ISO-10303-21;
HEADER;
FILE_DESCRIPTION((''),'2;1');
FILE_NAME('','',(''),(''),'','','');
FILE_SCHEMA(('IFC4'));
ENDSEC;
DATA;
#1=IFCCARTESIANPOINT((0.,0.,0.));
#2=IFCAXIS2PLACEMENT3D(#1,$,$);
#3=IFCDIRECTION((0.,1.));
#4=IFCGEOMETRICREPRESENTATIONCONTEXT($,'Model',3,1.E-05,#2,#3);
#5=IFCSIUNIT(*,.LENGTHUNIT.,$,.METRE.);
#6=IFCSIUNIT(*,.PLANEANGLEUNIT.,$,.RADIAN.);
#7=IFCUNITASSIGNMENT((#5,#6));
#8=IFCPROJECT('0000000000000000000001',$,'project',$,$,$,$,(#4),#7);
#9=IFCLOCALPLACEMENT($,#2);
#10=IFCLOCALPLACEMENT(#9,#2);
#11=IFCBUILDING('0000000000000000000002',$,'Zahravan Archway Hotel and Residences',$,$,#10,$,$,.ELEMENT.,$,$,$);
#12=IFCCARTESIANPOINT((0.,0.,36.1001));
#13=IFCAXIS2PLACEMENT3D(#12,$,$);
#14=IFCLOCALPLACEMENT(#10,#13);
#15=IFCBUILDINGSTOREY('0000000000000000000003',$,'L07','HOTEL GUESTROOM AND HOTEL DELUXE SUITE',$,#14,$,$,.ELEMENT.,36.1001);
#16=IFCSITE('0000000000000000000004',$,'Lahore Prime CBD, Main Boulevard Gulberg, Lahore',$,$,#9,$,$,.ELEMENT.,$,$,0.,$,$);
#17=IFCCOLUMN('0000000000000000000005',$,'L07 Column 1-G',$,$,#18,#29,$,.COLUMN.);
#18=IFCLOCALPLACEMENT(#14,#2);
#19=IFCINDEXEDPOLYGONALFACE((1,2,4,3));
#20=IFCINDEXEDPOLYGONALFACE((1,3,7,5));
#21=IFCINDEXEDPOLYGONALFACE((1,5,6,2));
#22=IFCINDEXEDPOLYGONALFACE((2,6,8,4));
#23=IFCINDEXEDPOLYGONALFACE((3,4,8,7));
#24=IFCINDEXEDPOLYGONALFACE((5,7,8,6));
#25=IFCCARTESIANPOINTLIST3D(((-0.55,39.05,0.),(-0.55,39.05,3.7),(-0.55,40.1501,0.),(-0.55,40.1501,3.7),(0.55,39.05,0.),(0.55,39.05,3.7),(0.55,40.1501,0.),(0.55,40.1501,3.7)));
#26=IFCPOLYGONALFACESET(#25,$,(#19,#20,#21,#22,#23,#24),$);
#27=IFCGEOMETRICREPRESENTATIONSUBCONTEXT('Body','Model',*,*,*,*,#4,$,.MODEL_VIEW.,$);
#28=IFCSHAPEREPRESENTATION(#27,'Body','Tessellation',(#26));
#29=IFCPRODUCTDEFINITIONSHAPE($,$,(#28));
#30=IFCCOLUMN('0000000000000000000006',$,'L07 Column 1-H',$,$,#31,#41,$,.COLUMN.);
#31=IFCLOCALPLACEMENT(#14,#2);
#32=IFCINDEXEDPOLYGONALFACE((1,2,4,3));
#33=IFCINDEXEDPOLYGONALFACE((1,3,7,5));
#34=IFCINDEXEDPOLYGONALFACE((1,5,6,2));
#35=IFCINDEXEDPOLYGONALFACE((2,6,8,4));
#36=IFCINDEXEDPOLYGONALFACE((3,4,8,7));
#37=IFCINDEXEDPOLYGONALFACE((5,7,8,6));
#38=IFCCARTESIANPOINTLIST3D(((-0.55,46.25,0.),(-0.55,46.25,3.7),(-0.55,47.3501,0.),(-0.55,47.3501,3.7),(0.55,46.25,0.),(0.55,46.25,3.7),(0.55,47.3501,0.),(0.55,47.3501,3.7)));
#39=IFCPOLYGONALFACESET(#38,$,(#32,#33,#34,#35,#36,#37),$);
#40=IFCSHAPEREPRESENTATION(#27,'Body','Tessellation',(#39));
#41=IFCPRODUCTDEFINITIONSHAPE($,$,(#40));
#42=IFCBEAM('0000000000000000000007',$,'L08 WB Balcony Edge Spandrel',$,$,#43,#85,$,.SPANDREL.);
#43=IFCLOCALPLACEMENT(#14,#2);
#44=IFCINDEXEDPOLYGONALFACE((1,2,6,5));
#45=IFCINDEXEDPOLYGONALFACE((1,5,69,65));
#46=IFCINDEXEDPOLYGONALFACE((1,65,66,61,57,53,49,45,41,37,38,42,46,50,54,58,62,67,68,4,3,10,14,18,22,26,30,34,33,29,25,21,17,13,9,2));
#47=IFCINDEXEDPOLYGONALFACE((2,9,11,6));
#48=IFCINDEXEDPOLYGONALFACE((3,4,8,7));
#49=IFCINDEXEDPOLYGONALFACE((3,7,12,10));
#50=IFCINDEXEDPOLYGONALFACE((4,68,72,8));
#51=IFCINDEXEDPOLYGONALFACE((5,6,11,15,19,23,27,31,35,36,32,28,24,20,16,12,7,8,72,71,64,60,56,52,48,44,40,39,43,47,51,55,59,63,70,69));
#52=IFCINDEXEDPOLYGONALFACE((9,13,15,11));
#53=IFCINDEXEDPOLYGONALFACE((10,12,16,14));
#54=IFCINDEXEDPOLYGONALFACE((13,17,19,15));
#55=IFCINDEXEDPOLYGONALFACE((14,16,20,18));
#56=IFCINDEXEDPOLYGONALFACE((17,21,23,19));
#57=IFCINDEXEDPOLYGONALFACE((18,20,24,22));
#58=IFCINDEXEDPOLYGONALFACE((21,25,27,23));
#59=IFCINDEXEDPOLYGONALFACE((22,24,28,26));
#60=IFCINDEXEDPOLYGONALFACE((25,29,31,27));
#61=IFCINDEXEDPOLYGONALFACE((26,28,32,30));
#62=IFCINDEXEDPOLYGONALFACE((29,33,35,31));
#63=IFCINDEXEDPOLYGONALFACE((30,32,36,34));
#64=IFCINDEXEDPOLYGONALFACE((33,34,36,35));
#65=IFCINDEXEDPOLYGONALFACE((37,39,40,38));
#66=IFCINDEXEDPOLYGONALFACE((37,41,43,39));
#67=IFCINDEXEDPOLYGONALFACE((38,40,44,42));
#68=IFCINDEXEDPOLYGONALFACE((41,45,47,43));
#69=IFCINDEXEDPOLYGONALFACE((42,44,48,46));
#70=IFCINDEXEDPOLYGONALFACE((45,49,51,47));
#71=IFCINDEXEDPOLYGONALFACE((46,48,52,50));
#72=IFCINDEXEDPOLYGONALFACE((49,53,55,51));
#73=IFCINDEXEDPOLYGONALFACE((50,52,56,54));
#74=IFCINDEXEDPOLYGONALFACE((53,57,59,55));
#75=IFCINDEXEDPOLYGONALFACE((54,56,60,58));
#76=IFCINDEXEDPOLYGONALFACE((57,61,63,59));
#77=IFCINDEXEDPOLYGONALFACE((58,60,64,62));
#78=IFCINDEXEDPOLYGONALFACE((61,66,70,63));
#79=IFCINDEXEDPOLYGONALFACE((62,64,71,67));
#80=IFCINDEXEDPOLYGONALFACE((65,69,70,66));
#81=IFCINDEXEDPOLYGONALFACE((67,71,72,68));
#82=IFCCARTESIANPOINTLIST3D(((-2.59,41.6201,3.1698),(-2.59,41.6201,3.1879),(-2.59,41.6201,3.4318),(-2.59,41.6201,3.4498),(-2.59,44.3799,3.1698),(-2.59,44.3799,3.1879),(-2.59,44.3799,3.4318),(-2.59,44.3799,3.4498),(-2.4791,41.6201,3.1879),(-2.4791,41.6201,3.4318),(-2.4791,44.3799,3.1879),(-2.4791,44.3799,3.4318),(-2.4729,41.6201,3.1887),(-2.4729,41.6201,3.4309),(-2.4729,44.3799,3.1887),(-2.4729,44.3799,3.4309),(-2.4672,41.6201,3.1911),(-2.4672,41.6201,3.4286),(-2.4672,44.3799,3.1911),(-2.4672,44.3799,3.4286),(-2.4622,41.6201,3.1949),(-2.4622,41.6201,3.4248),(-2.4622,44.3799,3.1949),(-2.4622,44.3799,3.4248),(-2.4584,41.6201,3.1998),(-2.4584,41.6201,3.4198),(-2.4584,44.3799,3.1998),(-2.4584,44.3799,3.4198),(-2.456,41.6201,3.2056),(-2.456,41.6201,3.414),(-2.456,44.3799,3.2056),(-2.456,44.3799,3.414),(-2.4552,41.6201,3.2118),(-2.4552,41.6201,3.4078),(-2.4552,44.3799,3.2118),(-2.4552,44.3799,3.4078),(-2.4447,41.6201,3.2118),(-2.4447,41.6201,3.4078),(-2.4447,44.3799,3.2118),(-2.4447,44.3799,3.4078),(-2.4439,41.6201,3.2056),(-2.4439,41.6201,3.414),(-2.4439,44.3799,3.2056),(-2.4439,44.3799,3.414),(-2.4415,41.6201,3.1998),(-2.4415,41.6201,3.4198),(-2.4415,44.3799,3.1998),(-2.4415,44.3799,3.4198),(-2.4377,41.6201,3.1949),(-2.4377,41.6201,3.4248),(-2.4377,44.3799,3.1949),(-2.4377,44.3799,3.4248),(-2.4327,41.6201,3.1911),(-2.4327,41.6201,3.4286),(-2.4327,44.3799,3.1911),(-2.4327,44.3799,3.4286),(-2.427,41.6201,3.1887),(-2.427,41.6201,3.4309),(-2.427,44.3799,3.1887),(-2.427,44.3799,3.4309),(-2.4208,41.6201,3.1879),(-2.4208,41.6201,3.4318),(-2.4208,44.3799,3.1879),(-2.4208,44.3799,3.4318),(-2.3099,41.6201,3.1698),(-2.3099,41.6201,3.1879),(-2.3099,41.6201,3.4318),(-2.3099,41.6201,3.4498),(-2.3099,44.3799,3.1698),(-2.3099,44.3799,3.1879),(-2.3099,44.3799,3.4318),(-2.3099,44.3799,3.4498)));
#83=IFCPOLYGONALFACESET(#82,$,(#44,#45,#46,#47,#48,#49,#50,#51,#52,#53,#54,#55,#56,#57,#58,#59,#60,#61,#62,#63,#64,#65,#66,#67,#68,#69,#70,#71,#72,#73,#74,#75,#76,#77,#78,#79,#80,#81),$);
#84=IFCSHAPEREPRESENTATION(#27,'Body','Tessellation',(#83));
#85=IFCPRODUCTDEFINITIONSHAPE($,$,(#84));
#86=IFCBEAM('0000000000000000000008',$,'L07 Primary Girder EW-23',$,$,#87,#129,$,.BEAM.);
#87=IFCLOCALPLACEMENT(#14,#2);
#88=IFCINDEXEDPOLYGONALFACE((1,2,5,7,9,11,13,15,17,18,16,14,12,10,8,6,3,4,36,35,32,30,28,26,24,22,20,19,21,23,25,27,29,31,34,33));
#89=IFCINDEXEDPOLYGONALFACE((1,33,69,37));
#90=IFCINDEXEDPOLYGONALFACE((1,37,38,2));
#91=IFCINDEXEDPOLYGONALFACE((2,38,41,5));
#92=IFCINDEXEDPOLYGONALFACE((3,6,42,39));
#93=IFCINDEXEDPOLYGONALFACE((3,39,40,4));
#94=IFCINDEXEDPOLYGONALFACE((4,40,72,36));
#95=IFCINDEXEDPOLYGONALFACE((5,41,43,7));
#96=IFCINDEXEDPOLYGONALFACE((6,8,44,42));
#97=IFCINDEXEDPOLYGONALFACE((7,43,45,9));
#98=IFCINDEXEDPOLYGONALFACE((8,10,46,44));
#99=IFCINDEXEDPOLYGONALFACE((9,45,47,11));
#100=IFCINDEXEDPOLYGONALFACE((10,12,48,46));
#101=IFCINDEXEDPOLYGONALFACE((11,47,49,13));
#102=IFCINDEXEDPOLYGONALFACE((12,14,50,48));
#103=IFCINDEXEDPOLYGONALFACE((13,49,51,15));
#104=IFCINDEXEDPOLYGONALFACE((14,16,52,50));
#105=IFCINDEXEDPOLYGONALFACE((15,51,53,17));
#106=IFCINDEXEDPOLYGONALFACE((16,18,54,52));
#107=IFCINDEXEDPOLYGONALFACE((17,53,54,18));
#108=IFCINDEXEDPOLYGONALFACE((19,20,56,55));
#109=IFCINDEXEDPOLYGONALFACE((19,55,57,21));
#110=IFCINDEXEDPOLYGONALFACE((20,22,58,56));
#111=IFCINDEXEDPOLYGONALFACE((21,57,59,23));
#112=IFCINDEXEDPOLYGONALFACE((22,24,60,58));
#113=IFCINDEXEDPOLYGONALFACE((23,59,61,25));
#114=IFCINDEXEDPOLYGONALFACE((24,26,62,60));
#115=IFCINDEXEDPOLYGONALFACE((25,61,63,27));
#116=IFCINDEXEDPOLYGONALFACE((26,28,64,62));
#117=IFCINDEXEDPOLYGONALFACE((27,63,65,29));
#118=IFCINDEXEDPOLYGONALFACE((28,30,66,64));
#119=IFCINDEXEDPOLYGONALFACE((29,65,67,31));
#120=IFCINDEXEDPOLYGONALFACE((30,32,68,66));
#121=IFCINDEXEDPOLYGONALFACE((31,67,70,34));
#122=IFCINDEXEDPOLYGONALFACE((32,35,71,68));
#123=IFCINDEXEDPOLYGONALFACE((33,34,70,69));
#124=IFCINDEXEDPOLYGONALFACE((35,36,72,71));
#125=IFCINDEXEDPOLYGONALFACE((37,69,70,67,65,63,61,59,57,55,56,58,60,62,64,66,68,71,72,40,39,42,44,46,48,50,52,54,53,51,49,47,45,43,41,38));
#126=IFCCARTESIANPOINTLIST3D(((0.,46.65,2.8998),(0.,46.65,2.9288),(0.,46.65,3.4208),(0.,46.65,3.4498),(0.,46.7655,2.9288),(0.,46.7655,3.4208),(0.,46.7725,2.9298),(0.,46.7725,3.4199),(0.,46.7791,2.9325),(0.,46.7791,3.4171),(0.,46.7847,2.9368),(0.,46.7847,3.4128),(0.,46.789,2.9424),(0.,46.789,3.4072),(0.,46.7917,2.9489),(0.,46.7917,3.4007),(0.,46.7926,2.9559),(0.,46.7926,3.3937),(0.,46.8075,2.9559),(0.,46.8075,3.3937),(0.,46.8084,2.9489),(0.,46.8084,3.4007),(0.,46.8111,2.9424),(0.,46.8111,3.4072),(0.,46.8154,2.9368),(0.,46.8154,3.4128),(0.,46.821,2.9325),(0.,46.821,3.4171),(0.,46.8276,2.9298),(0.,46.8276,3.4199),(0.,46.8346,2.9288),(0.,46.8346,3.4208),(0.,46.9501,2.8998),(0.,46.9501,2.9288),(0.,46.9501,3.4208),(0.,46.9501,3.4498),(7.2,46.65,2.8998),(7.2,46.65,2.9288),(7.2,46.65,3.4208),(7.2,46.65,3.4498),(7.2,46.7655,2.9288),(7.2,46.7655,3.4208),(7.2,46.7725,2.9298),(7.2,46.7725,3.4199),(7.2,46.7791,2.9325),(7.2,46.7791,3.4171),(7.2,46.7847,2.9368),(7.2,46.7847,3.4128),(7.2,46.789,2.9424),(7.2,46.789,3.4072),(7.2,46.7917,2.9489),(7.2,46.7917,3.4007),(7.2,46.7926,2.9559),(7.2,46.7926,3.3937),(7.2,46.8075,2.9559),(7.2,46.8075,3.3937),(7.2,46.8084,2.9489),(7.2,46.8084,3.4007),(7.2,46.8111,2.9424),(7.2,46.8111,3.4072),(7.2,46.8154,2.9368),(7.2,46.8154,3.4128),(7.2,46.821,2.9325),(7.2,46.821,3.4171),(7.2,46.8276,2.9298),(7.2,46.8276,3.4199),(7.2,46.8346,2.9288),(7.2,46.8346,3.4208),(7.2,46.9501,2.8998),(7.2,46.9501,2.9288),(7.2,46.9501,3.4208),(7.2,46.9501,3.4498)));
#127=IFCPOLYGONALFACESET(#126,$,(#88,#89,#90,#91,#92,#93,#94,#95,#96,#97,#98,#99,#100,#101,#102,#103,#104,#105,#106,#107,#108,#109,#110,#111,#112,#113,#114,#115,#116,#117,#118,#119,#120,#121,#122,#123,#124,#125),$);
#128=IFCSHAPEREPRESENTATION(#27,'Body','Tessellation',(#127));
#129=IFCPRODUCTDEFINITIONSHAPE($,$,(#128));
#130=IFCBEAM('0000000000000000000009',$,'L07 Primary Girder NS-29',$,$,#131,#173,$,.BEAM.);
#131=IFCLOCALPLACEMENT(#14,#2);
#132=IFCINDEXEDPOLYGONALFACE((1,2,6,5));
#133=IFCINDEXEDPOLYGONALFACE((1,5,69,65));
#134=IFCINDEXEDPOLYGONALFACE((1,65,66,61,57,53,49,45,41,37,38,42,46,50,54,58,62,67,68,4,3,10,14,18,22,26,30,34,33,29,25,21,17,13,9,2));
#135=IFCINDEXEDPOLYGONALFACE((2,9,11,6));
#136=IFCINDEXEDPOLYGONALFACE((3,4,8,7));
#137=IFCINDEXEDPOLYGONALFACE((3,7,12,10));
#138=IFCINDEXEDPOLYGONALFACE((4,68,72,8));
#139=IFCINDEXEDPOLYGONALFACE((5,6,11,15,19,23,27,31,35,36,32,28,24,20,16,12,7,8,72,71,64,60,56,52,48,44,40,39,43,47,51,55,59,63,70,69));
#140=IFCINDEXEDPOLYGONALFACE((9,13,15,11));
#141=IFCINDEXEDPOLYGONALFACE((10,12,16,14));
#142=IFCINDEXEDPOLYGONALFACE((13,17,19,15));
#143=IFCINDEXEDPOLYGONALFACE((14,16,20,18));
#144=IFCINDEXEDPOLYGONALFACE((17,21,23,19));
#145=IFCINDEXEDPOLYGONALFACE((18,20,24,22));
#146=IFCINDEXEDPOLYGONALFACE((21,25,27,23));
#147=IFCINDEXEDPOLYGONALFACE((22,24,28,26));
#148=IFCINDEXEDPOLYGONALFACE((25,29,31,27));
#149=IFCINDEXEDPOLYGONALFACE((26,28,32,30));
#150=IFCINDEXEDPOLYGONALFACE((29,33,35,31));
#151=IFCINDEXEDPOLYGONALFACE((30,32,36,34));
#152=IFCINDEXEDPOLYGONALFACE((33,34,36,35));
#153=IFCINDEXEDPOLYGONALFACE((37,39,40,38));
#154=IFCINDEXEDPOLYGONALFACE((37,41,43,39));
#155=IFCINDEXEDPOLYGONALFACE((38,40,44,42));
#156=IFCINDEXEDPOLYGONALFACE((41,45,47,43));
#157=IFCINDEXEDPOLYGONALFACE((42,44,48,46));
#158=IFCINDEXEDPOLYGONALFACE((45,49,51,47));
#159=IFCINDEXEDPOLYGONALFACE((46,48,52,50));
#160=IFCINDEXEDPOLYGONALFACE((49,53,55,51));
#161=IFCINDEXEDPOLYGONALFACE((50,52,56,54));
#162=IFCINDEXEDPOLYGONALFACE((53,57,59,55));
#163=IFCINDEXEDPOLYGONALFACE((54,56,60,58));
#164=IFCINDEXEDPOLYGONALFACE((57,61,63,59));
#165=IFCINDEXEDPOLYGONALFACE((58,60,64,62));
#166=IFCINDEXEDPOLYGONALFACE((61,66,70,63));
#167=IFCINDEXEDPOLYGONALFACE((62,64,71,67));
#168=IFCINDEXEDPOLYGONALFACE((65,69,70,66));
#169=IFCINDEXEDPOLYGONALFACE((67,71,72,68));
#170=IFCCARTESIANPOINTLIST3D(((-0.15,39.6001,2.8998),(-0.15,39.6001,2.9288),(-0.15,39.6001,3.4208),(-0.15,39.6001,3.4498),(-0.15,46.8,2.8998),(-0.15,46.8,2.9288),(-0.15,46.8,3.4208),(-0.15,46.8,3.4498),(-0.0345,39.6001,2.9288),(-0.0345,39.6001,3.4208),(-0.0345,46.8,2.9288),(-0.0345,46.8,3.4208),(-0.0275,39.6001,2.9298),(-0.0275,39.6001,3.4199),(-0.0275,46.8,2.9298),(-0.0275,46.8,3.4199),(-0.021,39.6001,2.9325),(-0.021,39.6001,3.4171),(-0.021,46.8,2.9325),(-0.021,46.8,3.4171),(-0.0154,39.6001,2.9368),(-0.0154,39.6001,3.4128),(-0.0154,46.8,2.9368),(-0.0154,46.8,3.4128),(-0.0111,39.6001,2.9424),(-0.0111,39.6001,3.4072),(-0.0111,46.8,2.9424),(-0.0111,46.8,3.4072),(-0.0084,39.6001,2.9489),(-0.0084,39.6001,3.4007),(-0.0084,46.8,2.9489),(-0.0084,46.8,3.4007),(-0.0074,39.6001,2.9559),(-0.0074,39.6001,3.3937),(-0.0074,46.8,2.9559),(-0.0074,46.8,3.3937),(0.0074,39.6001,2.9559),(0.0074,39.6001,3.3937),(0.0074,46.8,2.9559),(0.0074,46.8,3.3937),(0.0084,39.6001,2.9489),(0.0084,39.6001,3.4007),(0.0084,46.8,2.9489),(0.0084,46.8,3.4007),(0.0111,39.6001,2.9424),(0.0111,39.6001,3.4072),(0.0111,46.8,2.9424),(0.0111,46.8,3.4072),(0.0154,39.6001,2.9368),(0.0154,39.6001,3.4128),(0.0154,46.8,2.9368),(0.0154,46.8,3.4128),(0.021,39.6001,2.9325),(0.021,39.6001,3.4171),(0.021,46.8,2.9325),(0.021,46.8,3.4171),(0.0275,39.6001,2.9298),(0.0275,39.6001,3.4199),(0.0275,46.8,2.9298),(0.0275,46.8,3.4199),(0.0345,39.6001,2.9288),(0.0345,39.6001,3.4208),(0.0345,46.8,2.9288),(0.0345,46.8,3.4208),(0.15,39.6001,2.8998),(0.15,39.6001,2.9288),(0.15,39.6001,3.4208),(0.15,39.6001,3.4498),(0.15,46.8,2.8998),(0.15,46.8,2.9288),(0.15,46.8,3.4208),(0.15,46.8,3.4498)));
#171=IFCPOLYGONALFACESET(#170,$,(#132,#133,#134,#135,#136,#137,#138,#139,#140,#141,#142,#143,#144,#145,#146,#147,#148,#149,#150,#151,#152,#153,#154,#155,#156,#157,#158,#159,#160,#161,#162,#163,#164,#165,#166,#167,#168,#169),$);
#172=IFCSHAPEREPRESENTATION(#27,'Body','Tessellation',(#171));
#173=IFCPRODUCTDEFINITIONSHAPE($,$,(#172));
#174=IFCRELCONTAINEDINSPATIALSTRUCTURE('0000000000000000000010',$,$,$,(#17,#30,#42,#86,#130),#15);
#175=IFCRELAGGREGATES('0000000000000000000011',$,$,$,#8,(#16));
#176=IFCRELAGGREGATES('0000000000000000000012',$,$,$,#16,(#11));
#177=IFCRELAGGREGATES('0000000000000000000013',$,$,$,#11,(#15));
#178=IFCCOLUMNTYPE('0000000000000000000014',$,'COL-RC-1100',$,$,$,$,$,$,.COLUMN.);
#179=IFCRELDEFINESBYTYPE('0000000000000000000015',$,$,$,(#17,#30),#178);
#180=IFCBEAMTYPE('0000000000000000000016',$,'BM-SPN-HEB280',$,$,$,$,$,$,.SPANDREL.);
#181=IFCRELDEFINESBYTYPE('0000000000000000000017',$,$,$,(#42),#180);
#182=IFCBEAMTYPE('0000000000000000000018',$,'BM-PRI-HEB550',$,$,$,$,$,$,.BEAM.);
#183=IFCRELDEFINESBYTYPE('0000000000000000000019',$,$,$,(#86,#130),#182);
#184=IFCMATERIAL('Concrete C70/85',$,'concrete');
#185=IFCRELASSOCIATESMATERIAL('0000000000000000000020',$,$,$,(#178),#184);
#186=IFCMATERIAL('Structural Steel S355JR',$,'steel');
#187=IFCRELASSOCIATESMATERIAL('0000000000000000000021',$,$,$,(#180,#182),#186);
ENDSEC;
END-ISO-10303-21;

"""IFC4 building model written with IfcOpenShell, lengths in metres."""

from ifc_helpers import new_model, si_unit, direction, frame, origin, origin_2d, place, context, subcontext, project, spatial, rectangle, i_section, extrude, source, transform, mapped, material, material_profile, profile_set, type_object, element, save


model = new_model("IFC4")

# Units and contexts
model_context = context("Model", 3, precision=1e-05, world=origin(), true_north=direction((0.0, 1.0)))
body_context = subcontext(model_context, "Body", "Model", "MODEL_VIEW")
ifc_project = project(units=[si_unit("LENGTHUNIT", "METRE"), si_unit("PLANEANGLEUNIT", "RADIAN")], contexts=[model_context])

# Site, building, storey
site_placement = place(None, origin())
site = spatial("IfcSite", under=ifc_project, at=site_placement, Name="Lahore Prime CBD, Main Boulevard Gulberg, Lahore", CompositionType="ELEMENT", RefElevation=0.0)
building_placement = place(site_placement, origin())
building = spatial("IfcBuilding", under=site, at=building_placement, Name="Zahravan Archway Hotel and Residences", CompositionType="ELEMENT")
storey_placement = place(building_placement, frame((0.0, 0.0, 36.1001)))
storey = spatial("IfcBuildingStorey", under=building, at=storey_placement, Name="L07", Description="HOTEL GUESTROOM AND HOTEL DELUXE SUITE", CompositionType="ELEMENT", Elevation=36.1001)

# Columns
ifc_material_1 = material(Name="Concrete C70/85", Category="concrete")
ifc_material_profile_1 = material_profile(ifc_material_1, rectangle(XDim=1.1001, YDim=1.1001, at=origin_2d()), Name="RC 1100x1100", Category="concrete")
ifc_profile_set_1 = profile_set([ifc_material_profile_1], Name="Concrete C70/85")
column_type = type_object("IfcColumnType", Name="COL-RC-1100", PredefinedType="COLUMN", material=ifc_profile_set_1)
shared_shape_1 = source(origin(), body_context, "Body", "SweptSolid", [
    extrude(rectangle(XDim=1.1001, YDim=1.1001, at=origin_2d()), origin(), (0.0, 0.0, 1.0), 3.7),
])
for number, where, z_axis, x_axis, name in (
    (1, (0.0, 39.6001, 0.0), (0.0, 0.0, 1.0), (1.0, 0.0, 0.0), "L07 Column 1-G"),
    (2, (0.0, 46.8, 0.0), (0.0, 0.0, 1.0), (1.0, 0.0, 0.0), "L07 Column 1-H"),
):
    element("IfcColumn", number, at=place(storey_placement, frame(where, z_axis=z_axis, x_axis=x_axis)), inside=storey, type_object=column_type, Name=name, PredefinedType="COLUMN", context=body_context, shape_type="MappedRepresentation", body=[
        mapped(shared_shape_1, transform((0.0, 0.0, 0.0), scale=1.0)),
    ])

# Beams
ifc_material_2 = material(Name="Structural Steel S355JR", Category="steel")
ifc_material_profile_2 = material_profile(ifc_material_2, i_section(OverallWidth=0.28, OverallDepth=0.28, WebThickness=0.0105, FlangeThickness=0.0181, FilletRadius=0.0239, at=origin_2d()), Name="HEB 280", Category="steel")
ifc_profile_set_2 = profile_set([ifc_material_profile_2], Name="Structural Steel S355JR")
beam_type_1 = type_object("IfcBeamType", Name="BM-SPN-HEB280", PredefinedType="SPANDREL", material=ifc_profile_set_2)
shared_shape_2 = source(origin(), body_context, "Body", "SweptSolid", [
    extrude(i_section(OverallWidth=0.28, OverallDepth=0.28, WebThickness=0.0105, FlangeThickness=0.0181, FilletRadius=0.0239, at=origin_2d()), origin(), (0.0, 0.0, 1.0), 2.7598),
])
beam_placement = place(storey_placement, frame((-2.45, 41.6201, 3.3098), z_axis=(0.0, 1.0, 0.0), x_axis=(-1.0, 0.0, 0.0)))
element("IfcBeam", 3, at=beam_placement, inside=storey, type_object=beam_type_1, Name="L08 WB Balcony Edge Spandrel", PredefinedType="SPANDREL", context=body_context, shape_type="MappedRepresentation", body=[
    mapped(shared_shape_2, transform((0.0, 0.0, 0.0), scale=1.0)),
])
ifc_material_profile_3 = material_profile(ifc_material_2, i_section(OverallWidth=0.3, OverallDepth=0.55, WebThickness=0.0149, FlangeThickness=0.0291, FilletRadius=0.0271, at=origin_2d()), Name="HEB 550", Category="steel")
ifc_profile_set_3 = profile_set([ifc_material_profile_3], Name="Structural Steel S355JR")
beam_type_2 = type_object("IfcBeamType", Name="BM-PRI-HEB550", PredefinedType="BEAM", material=ifc_profile_set_3)
shared_shape_3 = source(origin(), body_context, "Body", "SweptSolid", [
    extrude(i_section(OverallWidth=0.3, OverallDepth=0.55, WebThickness=0.0149, FlangeThickness=0.0291, FilletRadius=0.0271, at=origin_2d()), origin(), (0.0, 0.0, 1.0), 7.2),
])
for number, where, z_axis, x_axis, name in (
    (4, (0.0, 46.8, 3.1748), (1.0, 0.0, 0.0), (0.0, 1.0, 0.0), "L07 Primary Girder EW-23"),
    (5, (0.0, 39.6001, 3.1748), (0.0, 1.0, 0.0), (-1.0, 0.0, 0.0), "L07 Primary Girder NS-29"),
):
    element("IfcBeam", number, at=place(storey_placement, frame(where, z_axis=z_axis, x_axis=x_axis)), inside=storey, type_object=beam_type_2, Name=name, PredefinedType="BEAM", context=body_context, shape_type="MappedRepresentation", body=[
        mapped(shared_shape_3, transform((0.0, 0.0, 0.0), scale=1.0)),
    ])

save(model, "model.ifc")
